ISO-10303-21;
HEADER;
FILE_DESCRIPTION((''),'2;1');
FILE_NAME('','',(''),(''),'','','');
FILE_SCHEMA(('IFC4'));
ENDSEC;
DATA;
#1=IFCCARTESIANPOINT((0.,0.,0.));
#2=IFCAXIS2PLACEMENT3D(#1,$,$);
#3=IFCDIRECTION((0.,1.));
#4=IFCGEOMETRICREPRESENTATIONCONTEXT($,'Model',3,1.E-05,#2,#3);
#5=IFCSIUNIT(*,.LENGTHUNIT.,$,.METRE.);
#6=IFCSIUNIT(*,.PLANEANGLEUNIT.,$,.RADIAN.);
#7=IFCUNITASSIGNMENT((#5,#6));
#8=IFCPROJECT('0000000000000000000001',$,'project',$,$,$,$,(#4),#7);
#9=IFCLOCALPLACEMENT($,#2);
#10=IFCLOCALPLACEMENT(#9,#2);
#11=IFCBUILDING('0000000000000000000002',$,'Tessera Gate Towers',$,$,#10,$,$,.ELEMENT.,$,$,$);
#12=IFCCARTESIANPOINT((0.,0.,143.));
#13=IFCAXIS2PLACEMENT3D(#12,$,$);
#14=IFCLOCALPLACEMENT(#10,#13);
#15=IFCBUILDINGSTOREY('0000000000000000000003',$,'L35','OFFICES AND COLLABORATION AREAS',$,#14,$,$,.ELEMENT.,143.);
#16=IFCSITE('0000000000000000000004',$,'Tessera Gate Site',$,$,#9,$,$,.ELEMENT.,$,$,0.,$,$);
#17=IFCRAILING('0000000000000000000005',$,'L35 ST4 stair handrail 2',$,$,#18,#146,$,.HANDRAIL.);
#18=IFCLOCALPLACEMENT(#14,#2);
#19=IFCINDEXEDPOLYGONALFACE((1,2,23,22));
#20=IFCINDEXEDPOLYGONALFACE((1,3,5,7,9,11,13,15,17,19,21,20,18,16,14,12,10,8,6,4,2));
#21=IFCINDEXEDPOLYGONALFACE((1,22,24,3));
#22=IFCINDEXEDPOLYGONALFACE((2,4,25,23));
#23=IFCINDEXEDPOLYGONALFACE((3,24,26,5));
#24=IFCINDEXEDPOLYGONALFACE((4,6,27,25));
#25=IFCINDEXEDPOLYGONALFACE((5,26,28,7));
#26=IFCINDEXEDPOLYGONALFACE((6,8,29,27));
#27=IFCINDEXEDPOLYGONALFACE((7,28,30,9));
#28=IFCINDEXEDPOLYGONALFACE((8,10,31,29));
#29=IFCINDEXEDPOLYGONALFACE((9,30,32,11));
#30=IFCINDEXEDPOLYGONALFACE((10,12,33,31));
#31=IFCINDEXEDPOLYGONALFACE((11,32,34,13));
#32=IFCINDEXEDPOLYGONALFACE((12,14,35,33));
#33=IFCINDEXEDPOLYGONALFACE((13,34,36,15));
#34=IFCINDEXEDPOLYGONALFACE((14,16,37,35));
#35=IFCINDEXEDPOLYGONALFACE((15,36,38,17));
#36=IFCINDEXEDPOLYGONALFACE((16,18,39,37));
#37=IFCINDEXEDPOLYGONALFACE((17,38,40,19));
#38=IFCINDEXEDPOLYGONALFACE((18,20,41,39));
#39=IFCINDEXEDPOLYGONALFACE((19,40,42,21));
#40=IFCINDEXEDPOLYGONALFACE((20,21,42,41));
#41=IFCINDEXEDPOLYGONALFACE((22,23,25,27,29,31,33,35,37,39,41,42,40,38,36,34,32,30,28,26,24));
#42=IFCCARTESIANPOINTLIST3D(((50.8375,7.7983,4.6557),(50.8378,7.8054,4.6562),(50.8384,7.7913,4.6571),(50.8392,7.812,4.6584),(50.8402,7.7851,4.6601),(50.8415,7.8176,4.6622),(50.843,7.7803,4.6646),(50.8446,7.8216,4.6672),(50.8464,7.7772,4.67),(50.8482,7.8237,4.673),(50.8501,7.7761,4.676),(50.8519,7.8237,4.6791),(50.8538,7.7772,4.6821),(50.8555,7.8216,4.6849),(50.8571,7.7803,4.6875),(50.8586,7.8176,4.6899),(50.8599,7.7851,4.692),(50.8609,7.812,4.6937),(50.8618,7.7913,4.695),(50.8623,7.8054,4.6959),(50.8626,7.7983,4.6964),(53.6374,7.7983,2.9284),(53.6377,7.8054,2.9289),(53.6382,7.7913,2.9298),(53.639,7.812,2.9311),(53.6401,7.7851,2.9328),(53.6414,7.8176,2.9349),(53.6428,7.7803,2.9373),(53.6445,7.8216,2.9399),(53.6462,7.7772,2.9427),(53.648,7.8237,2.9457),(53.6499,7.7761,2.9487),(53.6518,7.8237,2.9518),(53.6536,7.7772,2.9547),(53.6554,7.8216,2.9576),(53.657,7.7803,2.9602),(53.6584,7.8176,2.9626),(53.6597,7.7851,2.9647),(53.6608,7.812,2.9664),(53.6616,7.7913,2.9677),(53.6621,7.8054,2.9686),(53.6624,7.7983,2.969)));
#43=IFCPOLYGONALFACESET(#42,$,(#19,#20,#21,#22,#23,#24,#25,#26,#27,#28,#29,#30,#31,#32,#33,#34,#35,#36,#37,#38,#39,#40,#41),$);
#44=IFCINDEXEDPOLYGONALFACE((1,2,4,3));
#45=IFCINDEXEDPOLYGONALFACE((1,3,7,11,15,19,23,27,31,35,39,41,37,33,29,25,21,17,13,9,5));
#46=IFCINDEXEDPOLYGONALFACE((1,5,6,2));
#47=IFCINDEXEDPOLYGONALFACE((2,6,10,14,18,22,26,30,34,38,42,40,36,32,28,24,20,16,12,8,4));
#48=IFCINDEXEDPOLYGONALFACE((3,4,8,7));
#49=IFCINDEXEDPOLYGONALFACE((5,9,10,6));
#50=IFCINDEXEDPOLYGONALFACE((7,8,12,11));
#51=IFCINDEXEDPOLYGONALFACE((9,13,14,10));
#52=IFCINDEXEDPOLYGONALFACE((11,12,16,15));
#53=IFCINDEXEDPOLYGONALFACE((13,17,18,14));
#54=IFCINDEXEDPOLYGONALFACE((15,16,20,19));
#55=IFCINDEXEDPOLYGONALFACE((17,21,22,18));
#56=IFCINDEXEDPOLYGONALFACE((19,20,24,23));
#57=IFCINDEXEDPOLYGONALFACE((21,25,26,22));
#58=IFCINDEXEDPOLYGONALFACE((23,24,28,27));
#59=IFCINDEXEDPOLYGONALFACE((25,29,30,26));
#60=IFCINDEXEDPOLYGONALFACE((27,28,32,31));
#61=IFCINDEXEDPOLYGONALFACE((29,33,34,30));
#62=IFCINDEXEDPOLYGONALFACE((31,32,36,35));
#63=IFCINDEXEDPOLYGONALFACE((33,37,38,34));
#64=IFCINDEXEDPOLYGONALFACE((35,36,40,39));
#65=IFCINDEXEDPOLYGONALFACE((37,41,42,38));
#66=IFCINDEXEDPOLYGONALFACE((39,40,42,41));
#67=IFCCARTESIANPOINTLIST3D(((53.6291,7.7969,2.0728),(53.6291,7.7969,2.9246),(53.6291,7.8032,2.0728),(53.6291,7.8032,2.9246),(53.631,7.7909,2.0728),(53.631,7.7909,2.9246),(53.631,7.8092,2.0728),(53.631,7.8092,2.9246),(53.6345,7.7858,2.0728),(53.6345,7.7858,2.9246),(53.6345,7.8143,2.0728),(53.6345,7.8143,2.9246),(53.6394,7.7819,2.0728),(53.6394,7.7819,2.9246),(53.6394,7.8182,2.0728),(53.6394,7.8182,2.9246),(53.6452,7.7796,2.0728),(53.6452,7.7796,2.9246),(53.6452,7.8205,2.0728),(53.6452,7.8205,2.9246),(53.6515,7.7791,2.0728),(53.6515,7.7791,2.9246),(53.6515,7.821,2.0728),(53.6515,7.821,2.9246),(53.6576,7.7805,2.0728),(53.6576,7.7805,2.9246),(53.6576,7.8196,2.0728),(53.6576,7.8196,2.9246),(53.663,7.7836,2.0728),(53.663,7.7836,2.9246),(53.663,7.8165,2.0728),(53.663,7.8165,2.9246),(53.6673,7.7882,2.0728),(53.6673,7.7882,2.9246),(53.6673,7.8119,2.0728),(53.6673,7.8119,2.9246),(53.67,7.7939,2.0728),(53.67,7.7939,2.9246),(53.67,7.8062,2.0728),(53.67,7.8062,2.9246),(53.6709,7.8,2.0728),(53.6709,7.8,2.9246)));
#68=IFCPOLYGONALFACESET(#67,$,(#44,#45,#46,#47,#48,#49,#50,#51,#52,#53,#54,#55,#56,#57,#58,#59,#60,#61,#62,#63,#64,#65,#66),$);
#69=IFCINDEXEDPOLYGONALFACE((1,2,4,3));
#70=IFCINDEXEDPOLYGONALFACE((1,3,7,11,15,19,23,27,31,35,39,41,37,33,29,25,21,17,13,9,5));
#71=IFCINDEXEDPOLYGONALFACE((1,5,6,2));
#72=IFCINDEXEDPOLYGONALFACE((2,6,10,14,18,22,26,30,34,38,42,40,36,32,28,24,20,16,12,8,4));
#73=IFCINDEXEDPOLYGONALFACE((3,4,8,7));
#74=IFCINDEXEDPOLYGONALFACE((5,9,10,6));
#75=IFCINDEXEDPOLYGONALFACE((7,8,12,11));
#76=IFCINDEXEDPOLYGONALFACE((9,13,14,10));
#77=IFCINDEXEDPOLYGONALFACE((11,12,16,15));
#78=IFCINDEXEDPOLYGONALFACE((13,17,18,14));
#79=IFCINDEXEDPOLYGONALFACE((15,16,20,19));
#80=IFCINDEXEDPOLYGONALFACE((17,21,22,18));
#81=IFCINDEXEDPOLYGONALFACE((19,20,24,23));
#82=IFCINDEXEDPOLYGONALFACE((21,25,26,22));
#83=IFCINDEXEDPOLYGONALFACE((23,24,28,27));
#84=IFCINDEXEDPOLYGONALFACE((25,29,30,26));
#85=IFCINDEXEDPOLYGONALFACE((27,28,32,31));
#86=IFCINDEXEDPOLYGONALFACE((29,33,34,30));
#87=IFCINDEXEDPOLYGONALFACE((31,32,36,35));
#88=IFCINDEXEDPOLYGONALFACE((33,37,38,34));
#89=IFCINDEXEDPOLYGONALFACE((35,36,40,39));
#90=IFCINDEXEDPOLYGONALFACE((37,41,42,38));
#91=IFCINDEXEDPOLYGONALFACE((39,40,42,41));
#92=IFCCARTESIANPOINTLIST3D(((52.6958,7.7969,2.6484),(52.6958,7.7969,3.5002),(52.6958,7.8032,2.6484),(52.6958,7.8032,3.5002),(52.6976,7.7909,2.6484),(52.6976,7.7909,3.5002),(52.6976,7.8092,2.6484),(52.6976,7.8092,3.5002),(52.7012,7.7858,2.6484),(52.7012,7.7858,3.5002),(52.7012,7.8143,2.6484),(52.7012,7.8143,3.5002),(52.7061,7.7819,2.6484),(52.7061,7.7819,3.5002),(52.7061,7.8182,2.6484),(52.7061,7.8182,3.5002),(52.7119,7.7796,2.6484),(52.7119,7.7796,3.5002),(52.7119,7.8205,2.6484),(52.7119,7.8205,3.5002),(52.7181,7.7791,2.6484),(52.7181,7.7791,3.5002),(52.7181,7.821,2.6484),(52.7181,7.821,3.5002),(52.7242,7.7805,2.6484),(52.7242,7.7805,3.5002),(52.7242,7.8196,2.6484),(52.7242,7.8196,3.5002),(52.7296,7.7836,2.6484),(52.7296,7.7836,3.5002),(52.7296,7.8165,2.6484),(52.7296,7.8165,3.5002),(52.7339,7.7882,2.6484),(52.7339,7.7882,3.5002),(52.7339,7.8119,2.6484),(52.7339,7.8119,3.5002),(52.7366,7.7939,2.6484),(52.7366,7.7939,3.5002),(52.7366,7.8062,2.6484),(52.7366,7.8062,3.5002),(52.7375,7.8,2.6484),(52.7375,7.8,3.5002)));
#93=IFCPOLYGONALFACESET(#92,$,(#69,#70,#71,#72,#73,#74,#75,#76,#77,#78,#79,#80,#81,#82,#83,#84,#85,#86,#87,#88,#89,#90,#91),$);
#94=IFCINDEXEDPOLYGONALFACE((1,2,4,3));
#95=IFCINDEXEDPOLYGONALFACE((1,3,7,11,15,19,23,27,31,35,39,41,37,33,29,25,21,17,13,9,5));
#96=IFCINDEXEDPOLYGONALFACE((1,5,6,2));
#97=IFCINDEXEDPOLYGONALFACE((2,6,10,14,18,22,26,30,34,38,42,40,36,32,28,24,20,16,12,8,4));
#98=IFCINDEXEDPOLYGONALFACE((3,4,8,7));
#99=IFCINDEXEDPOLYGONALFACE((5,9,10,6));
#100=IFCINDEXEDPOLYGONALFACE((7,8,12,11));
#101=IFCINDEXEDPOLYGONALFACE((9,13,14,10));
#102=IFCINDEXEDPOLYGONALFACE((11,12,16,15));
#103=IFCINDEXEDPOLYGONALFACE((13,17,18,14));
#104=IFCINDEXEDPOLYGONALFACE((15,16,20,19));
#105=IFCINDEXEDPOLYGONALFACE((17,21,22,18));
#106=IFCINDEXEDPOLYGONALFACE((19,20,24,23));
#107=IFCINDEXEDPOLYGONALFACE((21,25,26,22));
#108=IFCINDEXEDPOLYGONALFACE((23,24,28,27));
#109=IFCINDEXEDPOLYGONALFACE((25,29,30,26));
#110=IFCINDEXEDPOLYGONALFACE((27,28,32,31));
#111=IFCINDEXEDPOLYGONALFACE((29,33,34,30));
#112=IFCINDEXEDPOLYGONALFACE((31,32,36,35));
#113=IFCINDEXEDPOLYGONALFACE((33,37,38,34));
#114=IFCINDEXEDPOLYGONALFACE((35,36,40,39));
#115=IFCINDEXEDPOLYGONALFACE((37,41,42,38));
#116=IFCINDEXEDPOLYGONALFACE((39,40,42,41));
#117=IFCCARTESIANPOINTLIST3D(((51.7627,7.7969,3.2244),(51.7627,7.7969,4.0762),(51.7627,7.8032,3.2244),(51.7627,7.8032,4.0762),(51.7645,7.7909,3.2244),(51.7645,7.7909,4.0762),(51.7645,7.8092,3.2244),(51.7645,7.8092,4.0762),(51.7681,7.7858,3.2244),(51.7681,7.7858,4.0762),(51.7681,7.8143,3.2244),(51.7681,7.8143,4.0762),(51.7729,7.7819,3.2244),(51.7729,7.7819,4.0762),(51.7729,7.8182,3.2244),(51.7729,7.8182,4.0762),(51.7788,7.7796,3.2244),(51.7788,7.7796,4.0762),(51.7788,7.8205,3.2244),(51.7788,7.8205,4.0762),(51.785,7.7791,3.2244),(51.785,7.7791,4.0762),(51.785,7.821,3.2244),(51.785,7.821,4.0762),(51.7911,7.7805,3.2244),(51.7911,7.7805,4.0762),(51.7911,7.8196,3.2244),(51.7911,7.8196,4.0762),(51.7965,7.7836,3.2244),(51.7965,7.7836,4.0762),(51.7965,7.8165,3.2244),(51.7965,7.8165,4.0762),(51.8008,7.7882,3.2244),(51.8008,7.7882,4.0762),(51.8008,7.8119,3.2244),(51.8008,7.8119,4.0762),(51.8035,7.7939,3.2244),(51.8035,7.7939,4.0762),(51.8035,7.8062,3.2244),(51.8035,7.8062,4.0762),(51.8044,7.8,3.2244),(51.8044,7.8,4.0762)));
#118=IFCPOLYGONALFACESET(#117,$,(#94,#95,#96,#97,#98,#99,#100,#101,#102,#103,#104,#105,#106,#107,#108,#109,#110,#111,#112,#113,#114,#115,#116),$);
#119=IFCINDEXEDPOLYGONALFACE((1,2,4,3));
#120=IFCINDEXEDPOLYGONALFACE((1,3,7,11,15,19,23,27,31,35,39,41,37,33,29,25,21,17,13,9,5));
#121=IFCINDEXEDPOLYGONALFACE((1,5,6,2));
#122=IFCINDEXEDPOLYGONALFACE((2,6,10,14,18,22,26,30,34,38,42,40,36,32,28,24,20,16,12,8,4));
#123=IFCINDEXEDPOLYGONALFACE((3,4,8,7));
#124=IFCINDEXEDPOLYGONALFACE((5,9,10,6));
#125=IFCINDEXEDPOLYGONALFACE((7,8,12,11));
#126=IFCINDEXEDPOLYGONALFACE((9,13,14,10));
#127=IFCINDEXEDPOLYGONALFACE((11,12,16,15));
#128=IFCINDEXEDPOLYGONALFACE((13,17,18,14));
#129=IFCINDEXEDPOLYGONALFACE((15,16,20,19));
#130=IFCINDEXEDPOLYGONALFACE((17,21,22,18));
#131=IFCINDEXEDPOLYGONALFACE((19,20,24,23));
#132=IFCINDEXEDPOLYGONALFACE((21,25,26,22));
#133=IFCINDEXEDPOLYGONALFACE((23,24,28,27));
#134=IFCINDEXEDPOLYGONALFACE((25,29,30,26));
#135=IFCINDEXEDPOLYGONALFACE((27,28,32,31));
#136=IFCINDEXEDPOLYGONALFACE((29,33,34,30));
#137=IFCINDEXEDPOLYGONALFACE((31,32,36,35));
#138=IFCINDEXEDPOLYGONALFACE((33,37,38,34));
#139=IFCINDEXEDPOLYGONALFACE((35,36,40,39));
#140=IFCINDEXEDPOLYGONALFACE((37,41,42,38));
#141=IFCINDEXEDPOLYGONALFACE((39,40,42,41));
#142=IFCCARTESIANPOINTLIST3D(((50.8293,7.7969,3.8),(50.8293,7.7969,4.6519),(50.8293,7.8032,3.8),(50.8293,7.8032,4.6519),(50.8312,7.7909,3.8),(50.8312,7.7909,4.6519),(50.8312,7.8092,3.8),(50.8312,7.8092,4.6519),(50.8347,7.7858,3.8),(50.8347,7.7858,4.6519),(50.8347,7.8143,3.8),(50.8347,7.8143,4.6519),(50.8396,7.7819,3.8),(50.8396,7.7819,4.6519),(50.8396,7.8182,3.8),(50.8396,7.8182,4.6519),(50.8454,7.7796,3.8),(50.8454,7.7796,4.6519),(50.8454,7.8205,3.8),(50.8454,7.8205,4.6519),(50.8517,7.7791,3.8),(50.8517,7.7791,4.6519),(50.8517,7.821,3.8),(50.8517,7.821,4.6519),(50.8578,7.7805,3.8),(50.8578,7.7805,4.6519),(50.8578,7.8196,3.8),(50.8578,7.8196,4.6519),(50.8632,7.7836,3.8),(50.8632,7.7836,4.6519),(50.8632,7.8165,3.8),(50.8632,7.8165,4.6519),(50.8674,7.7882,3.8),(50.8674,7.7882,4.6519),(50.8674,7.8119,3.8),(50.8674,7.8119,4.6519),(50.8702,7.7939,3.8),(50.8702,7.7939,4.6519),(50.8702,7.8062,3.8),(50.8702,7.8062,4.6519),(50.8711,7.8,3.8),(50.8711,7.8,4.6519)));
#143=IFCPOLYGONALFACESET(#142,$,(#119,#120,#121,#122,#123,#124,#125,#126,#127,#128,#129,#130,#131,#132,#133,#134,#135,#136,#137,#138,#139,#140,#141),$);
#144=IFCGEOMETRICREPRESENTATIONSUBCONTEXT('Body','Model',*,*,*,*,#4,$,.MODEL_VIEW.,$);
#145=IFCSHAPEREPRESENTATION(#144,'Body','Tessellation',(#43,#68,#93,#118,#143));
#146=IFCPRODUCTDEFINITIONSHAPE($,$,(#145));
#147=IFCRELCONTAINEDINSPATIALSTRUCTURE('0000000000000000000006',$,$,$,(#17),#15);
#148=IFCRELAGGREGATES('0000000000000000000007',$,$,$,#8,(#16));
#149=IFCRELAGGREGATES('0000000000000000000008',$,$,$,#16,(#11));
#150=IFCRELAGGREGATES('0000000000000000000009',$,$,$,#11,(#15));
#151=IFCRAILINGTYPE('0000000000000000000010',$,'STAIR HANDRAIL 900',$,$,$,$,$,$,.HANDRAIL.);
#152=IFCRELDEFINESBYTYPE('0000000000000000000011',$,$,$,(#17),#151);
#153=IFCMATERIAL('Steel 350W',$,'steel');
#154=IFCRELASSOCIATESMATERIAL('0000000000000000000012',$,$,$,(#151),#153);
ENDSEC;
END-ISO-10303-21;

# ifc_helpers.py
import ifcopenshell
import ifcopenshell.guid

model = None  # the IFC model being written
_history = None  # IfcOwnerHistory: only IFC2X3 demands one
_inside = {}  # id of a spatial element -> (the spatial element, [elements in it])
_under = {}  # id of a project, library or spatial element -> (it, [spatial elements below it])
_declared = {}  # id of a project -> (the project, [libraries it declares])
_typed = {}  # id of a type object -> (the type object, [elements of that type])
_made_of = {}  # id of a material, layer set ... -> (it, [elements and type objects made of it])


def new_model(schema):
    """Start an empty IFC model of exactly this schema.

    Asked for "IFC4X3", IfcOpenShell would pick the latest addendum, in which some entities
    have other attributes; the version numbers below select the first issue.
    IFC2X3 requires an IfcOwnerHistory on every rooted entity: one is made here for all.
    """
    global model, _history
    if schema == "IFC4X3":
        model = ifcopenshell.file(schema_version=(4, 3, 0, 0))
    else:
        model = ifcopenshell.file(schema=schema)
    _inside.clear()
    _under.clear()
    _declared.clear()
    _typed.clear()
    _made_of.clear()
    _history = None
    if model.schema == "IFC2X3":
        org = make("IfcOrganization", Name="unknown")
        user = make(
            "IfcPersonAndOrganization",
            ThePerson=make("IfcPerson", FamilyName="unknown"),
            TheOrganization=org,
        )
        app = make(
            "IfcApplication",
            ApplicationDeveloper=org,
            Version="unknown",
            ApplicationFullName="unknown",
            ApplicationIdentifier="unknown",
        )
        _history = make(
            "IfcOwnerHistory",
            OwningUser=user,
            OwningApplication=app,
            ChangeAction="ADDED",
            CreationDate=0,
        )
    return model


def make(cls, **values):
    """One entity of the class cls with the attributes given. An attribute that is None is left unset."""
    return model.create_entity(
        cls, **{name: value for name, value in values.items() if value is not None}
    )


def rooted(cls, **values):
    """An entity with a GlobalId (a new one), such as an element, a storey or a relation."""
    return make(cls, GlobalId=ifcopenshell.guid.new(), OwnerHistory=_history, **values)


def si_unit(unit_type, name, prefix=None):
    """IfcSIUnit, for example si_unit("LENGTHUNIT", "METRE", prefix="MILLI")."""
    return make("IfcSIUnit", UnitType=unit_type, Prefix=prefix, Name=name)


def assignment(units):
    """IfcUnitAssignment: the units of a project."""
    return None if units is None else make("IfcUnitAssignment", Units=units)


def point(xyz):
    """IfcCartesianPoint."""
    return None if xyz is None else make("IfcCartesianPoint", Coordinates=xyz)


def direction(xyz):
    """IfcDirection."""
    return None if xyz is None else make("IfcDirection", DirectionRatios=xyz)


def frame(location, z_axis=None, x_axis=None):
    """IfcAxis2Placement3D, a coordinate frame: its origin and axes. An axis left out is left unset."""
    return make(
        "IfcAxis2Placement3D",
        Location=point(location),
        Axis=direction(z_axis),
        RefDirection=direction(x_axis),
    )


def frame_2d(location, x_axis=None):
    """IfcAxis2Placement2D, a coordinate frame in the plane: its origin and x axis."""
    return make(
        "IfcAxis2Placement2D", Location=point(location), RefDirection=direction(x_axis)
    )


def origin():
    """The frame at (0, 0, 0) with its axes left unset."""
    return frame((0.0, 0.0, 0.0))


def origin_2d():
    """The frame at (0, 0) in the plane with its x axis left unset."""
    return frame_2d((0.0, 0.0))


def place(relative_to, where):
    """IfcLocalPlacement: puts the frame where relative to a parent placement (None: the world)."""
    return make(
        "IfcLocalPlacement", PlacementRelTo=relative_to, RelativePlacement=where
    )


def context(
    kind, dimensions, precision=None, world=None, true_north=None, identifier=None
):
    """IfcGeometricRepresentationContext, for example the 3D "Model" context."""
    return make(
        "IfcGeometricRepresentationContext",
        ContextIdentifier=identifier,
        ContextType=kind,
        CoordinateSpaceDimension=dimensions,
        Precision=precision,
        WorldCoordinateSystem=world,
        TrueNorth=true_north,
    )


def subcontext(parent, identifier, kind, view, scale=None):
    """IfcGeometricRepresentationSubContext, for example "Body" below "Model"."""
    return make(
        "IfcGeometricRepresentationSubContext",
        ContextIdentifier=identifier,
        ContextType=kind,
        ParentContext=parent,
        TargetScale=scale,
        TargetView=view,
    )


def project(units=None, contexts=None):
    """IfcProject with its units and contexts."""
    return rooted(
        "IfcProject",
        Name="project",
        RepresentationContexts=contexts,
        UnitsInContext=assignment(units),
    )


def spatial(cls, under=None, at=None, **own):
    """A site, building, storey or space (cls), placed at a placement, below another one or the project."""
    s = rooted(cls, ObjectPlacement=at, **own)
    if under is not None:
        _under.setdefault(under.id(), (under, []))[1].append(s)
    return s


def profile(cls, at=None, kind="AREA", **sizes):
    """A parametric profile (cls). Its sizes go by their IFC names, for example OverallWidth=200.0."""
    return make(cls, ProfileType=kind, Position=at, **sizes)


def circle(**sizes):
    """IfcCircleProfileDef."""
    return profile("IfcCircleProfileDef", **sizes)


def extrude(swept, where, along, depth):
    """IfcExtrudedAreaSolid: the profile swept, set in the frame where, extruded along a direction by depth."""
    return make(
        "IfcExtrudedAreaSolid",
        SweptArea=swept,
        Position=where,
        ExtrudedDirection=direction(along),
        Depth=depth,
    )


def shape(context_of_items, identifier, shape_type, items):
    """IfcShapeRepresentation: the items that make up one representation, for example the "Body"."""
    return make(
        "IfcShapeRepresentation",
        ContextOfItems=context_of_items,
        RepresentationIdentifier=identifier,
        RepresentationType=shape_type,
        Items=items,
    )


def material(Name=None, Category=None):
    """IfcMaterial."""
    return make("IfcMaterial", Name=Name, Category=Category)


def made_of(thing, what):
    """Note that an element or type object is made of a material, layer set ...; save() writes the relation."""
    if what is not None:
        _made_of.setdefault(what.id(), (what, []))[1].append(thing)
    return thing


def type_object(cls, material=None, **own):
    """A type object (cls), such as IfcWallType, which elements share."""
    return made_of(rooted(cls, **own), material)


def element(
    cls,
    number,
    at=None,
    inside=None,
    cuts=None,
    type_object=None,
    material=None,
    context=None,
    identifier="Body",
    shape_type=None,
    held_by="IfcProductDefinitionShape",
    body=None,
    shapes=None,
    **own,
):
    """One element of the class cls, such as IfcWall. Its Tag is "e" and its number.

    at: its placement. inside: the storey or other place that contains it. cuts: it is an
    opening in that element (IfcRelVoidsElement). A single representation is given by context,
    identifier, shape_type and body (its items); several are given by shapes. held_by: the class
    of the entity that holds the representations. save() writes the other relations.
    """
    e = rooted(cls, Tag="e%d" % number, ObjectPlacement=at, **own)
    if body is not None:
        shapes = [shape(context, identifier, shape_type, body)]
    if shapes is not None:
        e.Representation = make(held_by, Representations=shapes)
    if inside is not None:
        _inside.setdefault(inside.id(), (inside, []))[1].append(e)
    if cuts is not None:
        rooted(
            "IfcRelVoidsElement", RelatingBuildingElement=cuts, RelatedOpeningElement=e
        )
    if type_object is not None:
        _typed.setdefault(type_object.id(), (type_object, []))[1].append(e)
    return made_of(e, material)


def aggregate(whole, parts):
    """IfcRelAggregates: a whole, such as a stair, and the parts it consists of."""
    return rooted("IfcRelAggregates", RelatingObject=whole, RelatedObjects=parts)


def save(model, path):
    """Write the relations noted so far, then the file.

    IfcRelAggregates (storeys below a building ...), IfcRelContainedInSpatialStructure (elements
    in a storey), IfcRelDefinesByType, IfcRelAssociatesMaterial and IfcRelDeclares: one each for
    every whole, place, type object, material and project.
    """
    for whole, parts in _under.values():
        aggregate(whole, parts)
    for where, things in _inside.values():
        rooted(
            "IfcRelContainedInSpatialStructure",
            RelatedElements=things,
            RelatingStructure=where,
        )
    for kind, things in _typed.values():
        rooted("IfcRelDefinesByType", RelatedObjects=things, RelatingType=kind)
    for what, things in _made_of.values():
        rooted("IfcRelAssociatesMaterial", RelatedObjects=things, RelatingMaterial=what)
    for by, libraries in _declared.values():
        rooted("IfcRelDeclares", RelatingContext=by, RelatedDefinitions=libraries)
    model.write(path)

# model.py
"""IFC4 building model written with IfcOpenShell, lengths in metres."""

from ifc_helpers import new_model, si_unit, direction, frame, origin, origin_2d, place, context, subcontext, project, spatial, circle, extrude, material, type_object, element, save


model = new_model("IFC4")

# Units and contexts
model_context = context("Model", 3, precision=1e-05, world=origin(), true_north=direction((0.0, 1.0)))
body_context = subcontext(model_context, "Body", "Model", "MODEL_VIEW")
ifc_project = project(units=[si_unit("LENGTHUNIT", "METRE"), si_unit("PLANEANGLEUNIT", "RADIAN")], contexts=[model_context])

# Site, building, storey
site_placement = place(None, origin())
site = spatial("IfcSite", under=ifc_project, at=site_placement, Name="Tessera Gate Site", CompositionType="ELEMENT", RefElevation=0.0)
building_placement = place(site_placement, origin())
building = spatial("IfcBuilding", under=site, at=building_placement, Name="Tessera Gate Towers", CompositionType="ELEMENT")
storey_placement = place(building_placement, frame((0.0, 0.0, 143.0)))
storey = spatial("IfcBuildingStorey", under=building, at=storey_placement, Name="L35", Description="OFFICES AND COLLABORATION AREAS", CompositionType="ELEMENT", Elevation=143.0)

# Railing
ifc_material_1 = material(Name="Steel 350W", Category="steel")
railing_type_1 = type_object("IfcRailingType", Name="STAIR HANDRAIL 900", PredefinedType="HANDRAIL", material=ifc_material_1)
railing_1_placement = place(storey_placement, frame((53.6499, 7.8, 2.0728)))
element("IfcRailing", 1, at=railing_1_placement, inside=storey, type_object=railing_type_1, Name="L35 ST4 stair handrail 2", PredefinedType="HANDRAIL", context=body_context, shape_type="SweptSolid", body=[
    extrude(circle(Radius=0.0239, at=origin_2d()), frame((0.0, 0.0, 0.876), z_axis=(-0.851069, 0.0, 0.525054), x_axis=(0.0, -1.0, 0.0)), (0.0, 0.0, 1.0), 3.2898),
    extrude(circle(Radius=0.021, at=origin_2d()), origin(), (0.0, 0.0, 1.0), 0.8518),
    extrude(circle(Radius=0.021, at=origin_2d()), frame((-0.9333, 0.0, 0.5757)), (0.0, 0.0, 1.0), 0.8518),
    extrude(circle(Radius=0.021, at=origin_2d()), frame((-1.8665, 0.0, 1.1516)), (0.0, 0.0, 1.0), 0.8518),
    extrude(circle(Radius=0.021, at=origin_2d()), frame((-2.7998, 0.0, 1.7273)), (0.0, 0.0, 1.0), 0.8518),
])

save(model, "model.ifc")
